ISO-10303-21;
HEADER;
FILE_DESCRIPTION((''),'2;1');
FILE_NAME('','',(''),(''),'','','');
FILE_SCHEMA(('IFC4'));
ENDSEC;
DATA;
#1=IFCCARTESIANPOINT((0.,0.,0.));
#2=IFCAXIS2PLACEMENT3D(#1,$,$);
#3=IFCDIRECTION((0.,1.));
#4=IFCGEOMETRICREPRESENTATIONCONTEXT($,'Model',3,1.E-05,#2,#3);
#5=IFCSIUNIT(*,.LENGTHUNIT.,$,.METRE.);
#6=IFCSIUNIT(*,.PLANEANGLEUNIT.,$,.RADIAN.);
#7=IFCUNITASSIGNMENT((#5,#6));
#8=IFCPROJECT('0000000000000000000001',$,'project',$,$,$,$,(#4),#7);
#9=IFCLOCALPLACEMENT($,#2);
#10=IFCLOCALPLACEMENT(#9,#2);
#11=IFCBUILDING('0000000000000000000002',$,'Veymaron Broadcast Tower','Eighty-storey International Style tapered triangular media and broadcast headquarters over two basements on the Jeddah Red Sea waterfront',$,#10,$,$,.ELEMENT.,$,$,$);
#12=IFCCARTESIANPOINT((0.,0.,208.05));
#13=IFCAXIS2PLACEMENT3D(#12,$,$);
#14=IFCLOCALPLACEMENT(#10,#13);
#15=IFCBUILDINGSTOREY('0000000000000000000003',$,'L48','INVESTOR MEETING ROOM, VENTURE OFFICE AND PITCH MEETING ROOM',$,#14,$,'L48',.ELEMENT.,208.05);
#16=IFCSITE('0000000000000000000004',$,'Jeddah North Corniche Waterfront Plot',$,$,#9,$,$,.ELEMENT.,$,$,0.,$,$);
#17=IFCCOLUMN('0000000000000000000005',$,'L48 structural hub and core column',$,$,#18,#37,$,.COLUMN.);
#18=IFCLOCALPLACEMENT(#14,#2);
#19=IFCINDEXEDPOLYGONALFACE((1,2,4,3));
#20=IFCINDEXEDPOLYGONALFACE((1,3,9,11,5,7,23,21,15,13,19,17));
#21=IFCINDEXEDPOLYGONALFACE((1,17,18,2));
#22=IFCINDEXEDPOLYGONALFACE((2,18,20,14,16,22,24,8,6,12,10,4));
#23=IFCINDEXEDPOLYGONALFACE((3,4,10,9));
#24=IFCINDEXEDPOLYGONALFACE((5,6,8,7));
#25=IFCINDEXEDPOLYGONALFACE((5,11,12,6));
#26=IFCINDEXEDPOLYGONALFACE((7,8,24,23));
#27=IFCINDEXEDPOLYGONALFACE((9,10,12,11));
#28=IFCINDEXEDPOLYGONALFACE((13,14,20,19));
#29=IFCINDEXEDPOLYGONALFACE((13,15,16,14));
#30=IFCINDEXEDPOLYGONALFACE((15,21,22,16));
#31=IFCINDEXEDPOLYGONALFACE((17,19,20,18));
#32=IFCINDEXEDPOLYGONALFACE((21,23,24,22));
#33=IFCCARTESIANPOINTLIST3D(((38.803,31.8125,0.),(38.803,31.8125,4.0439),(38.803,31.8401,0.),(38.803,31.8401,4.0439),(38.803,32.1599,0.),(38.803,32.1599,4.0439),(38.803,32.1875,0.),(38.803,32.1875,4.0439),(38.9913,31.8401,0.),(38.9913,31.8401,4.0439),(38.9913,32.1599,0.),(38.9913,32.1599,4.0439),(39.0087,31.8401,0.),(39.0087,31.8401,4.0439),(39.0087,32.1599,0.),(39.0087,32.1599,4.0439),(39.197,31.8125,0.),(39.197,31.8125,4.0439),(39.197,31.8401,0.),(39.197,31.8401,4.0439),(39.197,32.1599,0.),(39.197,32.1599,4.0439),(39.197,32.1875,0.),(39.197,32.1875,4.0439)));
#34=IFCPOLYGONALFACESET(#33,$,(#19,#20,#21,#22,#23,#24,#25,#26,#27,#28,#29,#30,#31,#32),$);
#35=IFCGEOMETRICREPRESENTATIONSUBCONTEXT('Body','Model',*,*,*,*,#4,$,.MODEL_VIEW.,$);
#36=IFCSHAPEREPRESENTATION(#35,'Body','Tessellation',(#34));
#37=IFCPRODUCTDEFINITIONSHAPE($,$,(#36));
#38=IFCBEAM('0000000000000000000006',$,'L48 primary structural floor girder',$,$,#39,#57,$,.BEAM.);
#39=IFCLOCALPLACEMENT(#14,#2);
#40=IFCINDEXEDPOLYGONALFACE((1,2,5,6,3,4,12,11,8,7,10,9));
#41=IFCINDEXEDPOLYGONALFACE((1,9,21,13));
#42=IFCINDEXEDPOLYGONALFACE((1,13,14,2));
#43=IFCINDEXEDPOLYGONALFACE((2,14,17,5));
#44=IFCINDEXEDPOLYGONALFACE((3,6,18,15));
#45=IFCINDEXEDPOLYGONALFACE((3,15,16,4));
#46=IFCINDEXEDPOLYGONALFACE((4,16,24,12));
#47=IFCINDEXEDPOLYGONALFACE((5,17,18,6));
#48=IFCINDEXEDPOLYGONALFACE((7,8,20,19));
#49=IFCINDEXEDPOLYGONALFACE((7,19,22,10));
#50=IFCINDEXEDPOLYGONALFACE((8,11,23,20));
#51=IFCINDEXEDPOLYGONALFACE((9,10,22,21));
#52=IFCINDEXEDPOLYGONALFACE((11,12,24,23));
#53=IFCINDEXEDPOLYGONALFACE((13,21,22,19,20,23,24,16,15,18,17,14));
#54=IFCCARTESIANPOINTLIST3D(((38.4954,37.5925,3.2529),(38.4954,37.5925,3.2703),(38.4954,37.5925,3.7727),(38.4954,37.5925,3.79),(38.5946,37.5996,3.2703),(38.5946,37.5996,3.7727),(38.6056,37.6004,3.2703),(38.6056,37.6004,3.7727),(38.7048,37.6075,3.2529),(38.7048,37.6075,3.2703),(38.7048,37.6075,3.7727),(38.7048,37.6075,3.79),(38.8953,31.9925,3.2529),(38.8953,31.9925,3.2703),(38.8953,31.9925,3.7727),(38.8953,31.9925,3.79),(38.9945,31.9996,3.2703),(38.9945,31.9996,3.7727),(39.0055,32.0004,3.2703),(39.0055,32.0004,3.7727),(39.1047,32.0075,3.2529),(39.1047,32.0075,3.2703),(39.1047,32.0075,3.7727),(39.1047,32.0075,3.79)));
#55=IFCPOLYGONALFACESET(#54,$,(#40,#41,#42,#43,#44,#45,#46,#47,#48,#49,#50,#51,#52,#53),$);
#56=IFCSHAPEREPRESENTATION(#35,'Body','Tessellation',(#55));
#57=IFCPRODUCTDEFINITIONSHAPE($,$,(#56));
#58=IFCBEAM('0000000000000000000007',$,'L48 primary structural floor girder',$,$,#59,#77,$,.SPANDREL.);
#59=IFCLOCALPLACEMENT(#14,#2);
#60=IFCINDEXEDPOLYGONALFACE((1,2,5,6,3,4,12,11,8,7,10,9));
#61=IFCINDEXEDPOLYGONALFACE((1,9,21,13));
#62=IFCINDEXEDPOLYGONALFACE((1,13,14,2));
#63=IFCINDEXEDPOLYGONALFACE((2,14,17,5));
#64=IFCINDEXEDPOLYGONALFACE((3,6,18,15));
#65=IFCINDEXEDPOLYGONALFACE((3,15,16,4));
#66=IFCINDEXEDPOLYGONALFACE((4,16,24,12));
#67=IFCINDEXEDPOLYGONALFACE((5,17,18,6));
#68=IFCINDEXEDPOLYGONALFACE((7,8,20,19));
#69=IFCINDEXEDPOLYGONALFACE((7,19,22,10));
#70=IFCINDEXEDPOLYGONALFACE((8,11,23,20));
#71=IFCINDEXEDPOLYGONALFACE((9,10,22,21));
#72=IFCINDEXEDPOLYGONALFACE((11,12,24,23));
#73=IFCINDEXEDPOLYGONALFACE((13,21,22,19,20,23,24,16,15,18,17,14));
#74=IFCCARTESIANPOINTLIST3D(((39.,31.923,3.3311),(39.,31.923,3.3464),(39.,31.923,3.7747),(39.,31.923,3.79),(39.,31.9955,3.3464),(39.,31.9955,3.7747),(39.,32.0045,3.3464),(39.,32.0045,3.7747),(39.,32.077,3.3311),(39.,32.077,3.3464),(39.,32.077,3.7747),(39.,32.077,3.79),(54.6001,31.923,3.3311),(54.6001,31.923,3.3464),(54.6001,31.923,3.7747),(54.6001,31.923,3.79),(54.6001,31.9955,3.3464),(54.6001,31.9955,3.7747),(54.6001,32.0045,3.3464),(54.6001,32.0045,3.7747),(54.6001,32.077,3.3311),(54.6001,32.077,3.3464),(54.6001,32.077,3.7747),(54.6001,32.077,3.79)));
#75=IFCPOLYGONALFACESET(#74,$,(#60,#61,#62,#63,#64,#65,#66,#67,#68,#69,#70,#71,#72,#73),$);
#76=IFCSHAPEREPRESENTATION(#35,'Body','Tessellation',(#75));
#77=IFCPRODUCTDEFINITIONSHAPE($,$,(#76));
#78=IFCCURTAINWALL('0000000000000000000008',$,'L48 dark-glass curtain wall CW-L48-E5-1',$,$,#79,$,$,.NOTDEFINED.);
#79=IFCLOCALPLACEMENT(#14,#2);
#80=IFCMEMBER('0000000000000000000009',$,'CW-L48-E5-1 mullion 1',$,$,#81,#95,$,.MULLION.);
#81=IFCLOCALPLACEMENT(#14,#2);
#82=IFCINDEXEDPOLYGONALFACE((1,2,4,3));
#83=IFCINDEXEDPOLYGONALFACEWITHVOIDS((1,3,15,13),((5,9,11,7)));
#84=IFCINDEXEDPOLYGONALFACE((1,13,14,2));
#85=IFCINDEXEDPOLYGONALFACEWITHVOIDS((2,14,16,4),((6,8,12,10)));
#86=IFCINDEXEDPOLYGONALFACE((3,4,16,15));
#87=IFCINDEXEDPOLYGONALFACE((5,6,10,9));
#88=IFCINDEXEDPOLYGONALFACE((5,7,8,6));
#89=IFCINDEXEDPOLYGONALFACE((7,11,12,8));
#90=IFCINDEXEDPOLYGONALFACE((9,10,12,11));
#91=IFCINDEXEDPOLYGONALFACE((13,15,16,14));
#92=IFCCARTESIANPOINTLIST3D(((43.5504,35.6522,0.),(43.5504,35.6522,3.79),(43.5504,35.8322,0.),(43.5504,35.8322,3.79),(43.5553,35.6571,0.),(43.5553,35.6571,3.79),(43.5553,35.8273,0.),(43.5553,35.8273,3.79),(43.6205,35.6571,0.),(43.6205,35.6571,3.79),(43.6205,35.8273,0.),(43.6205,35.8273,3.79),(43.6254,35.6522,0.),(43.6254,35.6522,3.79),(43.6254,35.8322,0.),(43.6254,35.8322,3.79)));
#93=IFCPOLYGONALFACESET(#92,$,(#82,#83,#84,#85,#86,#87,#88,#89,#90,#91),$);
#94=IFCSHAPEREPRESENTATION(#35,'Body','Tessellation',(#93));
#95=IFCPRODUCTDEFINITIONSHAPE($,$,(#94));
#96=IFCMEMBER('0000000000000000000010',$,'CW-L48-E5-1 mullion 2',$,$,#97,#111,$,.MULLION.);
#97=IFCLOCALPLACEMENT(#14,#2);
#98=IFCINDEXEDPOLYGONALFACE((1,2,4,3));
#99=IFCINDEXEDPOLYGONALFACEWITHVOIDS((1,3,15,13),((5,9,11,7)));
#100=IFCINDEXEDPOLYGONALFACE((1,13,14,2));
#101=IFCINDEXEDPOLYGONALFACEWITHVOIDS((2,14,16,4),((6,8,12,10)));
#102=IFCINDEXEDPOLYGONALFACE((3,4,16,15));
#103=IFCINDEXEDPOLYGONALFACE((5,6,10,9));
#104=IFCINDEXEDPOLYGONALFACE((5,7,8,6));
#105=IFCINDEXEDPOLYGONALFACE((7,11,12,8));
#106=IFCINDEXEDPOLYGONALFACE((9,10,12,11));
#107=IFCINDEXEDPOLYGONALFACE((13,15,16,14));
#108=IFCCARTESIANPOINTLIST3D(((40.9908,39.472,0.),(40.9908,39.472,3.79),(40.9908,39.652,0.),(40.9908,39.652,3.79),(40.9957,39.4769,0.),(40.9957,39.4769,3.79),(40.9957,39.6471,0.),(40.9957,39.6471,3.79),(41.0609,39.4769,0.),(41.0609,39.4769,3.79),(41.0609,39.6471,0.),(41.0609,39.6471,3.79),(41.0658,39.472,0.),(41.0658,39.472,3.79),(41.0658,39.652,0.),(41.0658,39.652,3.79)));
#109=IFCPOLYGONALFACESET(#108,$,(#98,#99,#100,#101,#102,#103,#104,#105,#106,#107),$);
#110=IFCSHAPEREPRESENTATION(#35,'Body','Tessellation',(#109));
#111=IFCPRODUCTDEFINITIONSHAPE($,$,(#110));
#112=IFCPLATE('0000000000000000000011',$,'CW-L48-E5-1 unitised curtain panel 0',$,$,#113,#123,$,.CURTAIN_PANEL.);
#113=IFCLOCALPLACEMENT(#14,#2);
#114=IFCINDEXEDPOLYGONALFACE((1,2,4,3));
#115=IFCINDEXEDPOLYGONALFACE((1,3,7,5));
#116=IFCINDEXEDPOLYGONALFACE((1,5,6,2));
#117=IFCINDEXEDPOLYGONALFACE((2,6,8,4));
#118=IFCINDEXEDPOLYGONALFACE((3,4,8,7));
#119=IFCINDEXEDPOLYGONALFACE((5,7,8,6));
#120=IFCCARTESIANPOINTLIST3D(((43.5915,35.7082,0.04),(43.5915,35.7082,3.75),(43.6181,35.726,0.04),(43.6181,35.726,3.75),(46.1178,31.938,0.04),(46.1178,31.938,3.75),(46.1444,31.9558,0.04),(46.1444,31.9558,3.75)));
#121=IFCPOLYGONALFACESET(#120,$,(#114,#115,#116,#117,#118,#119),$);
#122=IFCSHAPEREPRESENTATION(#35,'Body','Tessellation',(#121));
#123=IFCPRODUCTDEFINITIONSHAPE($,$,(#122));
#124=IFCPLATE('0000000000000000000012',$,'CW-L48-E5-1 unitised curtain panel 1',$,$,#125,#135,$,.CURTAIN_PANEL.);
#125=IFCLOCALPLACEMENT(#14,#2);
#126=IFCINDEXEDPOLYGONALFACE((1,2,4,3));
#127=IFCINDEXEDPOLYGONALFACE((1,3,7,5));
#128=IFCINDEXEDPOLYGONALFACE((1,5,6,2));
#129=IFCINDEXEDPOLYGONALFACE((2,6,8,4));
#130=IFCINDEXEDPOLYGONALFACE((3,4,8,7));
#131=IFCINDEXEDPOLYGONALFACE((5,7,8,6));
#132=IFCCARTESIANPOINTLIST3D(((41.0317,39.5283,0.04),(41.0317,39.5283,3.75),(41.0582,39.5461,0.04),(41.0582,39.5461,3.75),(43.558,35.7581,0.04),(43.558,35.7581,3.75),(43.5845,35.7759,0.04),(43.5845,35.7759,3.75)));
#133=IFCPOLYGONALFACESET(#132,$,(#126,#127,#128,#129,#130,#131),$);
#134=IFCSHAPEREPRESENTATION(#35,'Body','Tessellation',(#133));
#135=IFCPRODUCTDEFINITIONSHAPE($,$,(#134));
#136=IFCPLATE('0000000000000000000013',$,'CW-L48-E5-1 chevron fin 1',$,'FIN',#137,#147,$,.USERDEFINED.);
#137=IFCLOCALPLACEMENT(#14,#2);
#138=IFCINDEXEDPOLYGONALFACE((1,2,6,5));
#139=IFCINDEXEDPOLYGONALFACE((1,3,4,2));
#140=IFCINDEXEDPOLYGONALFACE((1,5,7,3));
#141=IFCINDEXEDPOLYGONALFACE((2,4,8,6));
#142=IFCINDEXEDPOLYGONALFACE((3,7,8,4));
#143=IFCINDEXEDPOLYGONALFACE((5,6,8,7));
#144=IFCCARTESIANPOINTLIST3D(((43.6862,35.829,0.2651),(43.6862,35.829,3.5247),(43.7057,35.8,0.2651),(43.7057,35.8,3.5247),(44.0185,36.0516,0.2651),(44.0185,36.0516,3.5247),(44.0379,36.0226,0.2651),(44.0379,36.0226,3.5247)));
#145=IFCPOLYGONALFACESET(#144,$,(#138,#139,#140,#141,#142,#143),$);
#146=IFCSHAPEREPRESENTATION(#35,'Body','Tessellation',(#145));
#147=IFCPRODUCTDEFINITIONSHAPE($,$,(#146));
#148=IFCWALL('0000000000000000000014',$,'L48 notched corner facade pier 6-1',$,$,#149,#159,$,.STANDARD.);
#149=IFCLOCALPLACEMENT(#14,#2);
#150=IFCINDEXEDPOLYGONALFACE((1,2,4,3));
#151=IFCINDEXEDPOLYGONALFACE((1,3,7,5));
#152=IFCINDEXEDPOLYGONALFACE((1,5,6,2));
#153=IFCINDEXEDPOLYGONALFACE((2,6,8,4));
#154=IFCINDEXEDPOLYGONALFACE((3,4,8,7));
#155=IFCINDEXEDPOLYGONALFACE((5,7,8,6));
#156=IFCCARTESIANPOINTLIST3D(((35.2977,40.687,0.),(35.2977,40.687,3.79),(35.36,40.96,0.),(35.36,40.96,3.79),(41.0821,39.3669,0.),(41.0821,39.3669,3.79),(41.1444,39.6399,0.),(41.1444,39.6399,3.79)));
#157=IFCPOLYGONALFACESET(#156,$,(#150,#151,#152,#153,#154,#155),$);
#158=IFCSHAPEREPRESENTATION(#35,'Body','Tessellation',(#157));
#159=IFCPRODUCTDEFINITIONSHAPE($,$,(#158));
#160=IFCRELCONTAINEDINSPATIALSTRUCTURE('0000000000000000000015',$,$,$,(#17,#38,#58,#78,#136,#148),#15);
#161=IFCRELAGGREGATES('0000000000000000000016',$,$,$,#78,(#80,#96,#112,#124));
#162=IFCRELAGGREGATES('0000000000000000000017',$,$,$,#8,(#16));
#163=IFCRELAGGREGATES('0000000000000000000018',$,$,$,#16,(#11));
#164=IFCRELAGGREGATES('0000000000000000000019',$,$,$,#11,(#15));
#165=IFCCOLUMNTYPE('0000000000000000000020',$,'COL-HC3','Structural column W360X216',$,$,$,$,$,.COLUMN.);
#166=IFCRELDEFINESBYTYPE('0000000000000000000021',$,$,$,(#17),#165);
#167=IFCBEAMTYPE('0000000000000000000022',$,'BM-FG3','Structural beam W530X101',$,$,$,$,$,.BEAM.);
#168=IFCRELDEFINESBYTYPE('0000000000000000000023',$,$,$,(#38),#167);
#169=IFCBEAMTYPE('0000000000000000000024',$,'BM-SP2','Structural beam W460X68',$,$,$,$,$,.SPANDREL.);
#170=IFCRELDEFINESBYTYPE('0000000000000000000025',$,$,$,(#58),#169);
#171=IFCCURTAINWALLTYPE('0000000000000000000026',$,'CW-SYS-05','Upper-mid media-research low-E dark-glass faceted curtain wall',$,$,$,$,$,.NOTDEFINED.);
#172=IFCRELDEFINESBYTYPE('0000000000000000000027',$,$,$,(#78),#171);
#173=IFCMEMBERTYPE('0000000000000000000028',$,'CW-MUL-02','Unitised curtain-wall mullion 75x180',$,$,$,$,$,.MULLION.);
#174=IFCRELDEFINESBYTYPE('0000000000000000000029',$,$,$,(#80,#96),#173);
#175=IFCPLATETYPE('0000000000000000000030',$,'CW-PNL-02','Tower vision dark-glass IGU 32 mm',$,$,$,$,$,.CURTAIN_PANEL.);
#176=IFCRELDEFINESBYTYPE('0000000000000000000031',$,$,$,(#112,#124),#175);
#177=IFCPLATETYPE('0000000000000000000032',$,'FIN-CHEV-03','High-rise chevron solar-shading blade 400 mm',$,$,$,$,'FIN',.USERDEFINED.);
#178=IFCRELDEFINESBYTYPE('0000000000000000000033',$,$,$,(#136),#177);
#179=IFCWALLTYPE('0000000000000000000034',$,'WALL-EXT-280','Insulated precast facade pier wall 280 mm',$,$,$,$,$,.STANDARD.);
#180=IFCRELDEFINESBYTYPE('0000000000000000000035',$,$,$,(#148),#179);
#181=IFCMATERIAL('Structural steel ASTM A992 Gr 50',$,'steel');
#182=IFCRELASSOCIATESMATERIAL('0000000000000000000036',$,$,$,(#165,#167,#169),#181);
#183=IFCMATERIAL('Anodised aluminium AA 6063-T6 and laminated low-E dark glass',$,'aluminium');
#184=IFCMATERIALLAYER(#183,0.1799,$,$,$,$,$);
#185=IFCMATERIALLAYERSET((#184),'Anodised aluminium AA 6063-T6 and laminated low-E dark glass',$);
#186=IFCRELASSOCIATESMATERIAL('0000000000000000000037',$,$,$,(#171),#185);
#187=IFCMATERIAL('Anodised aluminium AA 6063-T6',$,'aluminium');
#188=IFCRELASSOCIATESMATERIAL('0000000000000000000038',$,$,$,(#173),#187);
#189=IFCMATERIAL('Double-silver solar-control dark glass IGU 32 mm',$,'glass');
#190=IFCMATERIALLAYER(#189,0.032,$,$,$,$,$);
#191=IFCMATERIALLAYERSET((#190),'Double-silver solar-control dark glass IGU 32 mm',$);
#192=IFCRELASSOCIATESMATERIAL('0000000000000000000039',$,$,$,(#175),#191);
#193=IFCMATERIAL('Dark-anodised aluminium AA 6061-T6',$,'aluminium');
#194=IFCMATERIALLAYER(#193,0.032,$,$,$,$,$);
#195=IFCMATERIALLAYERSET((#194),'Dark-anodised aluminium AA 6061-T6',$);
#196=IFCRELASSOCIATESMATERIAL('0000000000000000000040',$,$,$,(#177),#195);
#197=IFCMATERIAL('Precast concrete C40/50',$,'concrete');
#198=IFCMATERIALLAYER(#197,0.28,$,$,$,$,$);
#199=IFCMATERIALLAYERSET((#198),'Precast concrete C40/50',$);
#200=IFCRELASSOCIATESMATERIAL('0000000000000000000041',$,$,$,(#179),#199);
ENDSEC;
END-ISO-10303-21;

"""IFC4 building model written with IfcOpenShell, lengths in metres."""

from ifc_helpers import new_model, si_unit, direction, frame, frame_2d, origin, origin_2d, place, context, subcontext, project, spatial, rectangle, hollow_rectangle, i_section, extrude, material, layer, layer_set, material_profile, profile_set, type_object, element, aggregate, save


model = new_model("IFC4")

# Units and contexts
model_context = context("Model", 3, precision=1e-05, world=origin(), true_north=direction((0.0, 1.0)))
body_context = subcontext(model_context, "Body", "Model", "MODEL_VIEW")
ifc_project = project(units=[si_unit("LENGTHUNIT", "METRE"), si_unit("PLANEANGLEUNIT", "RADIAN")], contexts=[model_context])

# Site, building, storey
site_placement = place(None, origin())
site = spatial("IfcSite", under=ifc_project, at=site_placement, Name="Jeddah North Corniche Waterfront Plot", CompositionType="ELEMENT", RefElevation=0.0)
building_placement = place(site_placement, origin())
building = spatial("IfcBuilding", under=site, at=building_placement, Name="Veymaron Broadcast Tower", Description="Eighty-storey International Style tapered triangular media and broadcast headquarters over two basements on the Jeddah Red Sea waterfront", CompositionType="ELEMENT")
storey_placement = place(building_placement, frame((0.0, 0.0, 208.05)))
storey = spatial("IfcBuildingStorey", under=building, at=storey_placement, Name="L48", Description="INVESTOR MEETING ROOM, VENTURE OFFICE AND PITCH MEETING ROOM", LongName="L48", CompositionType="ELEMENT", Elevation=208.05)

# Column
ifc_material_1 = material(Name="Structural steel ASTM A992 Gr 50", Category="steel")
ifc_material_profile_1 = material_profile(ifc_material_1, i_section(OverallWidth=0.394, OverallDepth=0.375, WebThickness=0.0173, FlangeThickness=0.0276, at=origin_2d()), Name="W360X216")
ifc_profile_set_1 = profile_set([ifc_material_profile_1], Name="Structural steel ASTM A992 Gr 50")
column_type = type_object("IfcColumnType", Name="COL-HC3", Description="Structural column W360X216", PredefinedType="COLUMN", material=ifc_profile_set_1)
column_placement = place(storey_placement, frame((39.0, 32.0, 0.0), z_axis=(0.0, 0.0, 1.0), x_axis=(1.0, 0.0, 0.0)))
element("IfcColumn", 1, at=column_placement, inside=storey, type_object=column_type, Name="L48 structural hub and core column", PredefinedType="COLUMN", context=body_context, shape_type="SweptSolid", body=[
    extrude(i_section(OverallWidth=0.394, OverallDepth=0.375, WebThickness=0.0173, FlangeThickness=0.0276, at=origin_2d()), origin(), (0.0, 0.0, 1.0), 4.0439),
])

# Beams
ifc_material_profile_2 = material_profile(ifc_material_1, i_section(OverallWidth=0.21, OverallDepth=0.5371, WebThickness=0.011, FlangeThickness=0.0173, at=origin_2d()), Name="W530X101")
ifc_profile_set_2 = profile_set([ifc_material_profile_2], Name="Structural steel ASTM A992 Gr 50")
beam_type_1 = type_object("IfcBeamType", Name="BM-FG3", Description="Structural beam W530X101", PredefinedType="BEAM", material=ifc_profile_set_2)
beam_1_placement = place(storey_placement, frame((39.0, 32.0, 3.5215), z_axis=(-0.071229, 0.99746, 0.0), x_axis=(-0.99746, -0.071229, 0.0)))
element("IfcBeam", 2, at=beam_1_placement, inside=storey, type_object=beam_type_1, Name="L48 primary structural floor girder", PredefinedType="BEAM", context=body_context, shape_type="SweptSolid", body=[
    extrude(i_section(OverallWidth=0.21, OverallDepth=0.5371, WebThickness=0.011, FlangeThickness=0.0173, at=origin_2d()), origin(), (0.0, 0.0, 1.0), 5.6143),
])
ifc_material_profile_3 = material_profile(ifc_material_1, i_section(OverallWidth=0.1541, OverallDepth=0.459, WebThickness=0.009, FlangeThickness=0.0154, at=origin_2d()), Name="W460X68")
ifc_profile_set_3 = profile_set([ifc_material_profile_3], Name="Structural steel ASTM A992 Gr 50")
beam_type_2 = type_object("IfcBeamType", Name="BM-SP2", Description="Structural beam W460X68", PredefinedType="SPANDREL", material=ifc_profile_set_3)
beam_2_placement = place(storey_placement, frame((39.0, 32.0, 3.5605), z_axis=(1.0, 0.0, 0.0), x_axis=(0.0, 1.0, 0.0)))
element("IfcBeam", 3, at=beam_2_placement, inside=storey, type_object=beam_type_2, Name="L48 primary structural floor girder", PredefinedType="SPANDREL", context=body_context, shape_type="SweptSolid", body=[
    extrude(i_section(OverallWidth=0.1541, OverallDepth=0.459, WebThickness=0.009, FlangeThickness=0.0154, at=origin_2d()), origin(), (0.0, 0.0, 1.0), 15.6001),
])

# Curtain wall, members, plates
ifc_material_2 = material(Name="Anodised aluminium AA 6063-T6 and laminated low-E dark glass", Category="aluminium")
ifc_layer_1 = layer(ifc_material_2, 0.1799)
ifc_layer_set_1 = layer_set([ifc_layer_1], Name="Anodised aluminium AA 6063-T6 and laminated low-E dark glass")
curtain_wall_type = type_object("IfcCurtainWallType", Name="CW-SYS-05", Description="Upper-mid media-research low-E dark-glass faceted curtain wall", PredefinedType="NOTDEFINED", material=ifc_layer_set_1)
curtain_wall_placement = place(storey_placement, origin())
curtain_wall = element("IfcCurtainWall", 4, at=curtain_wall_placement, inside=storey, type_object=curtain_wall_type, Name="L48 dark-glass curtain wall CW-L48-E5-1", PredefinedType="NOTDEFINED")
ifc_material_3 = material(Name="Anodised aluminium AA 6063-T6", Category="aluminium")
ifc_material_profile_4 = material_profile(ifc_material_3, hollow_rectangle(XDim=0.075, YDim=0.1799, WallThickness=0.0049, at=origin_2d()), Name="AL180X75X5")
ifc_profile_set_4 = profile_set([ifc_material_profile_4], Name="Anodised aluminium AA 6063-T6")
member_type = type_object("IfcMemberType", Name="CW-MUL-02", Description="Unitised curtain-wall mullion 75x180", PredefinedType="MULLION", material=ifc_profile_set_4)
member_1_placement = place(storey_placement, frame((43.5879, 35.7422, 0.0), z_axis=(0.0, 0.0, 1.0), x_axis=(1.0, 0.0, 0.0)))
member_1 = element("IfcMember", 5, at=member_1_placement, type_object=member_type, Name="CW-L48-E5-1 mullion 1", PredefinedType="MULLION", context=body_context, shape_type="SweptSolid", body=[
    extrude(hollow_rectangle(XDim=0.075, YDim=0.1799, WallThickness=0.0049, at=origin_2d()), origin(), (0.0, 0.0, 1.0), 3.79),
])
member_2_placement = place(storey_placement, frame((41.0283, 39.562, 0.0), z_axis=(0.0, 0.0, 1.0), x_axis=(1.0, 0.0, 0.0)))
member_2 = element("IfcMember", 6, at=member_2_placement, type_object=member_type, Name="CW-L48-E5-1 mullion 2", PredefinedType="MULLION", context=body_context, shape_type="SweptSolid", body=[
    extrude(hollow_rectangle(XDim=0.075, YDim=0.1799, WallThickness=0.0049, at=origin_2d()), origin(), (0.0, 0.0, 1.0), 3.79),
])
ifc_material_4 = material(Name="Double-silver solar-control dark glass IGU 32 mm", Category="glass")
ifc_layer_2 = layer(ifc_material_4, 0.032)
ifc_layer_set_2 = layer_set([ifc_layer_2], Name="Double-silver solar-control dark glass IGU 32 mm")
plate_type_1 = type_object("IfcPlateType", Name="CW-PNL-02", Description="Tower vision dark-glass IGU 32 mm", PredefinedType="CURTAIN_PANEL", material=ifc_layer_set_2)
plate_1_placement = place(storey_placement, frame((44.8679, 33.832, 0.04), z_axis=(0.0, 0.0, 1.0), x_axis=(-0.556658, 0.830742, 0.0)))
plate_1 = element("IfcPlate", 7, at=plate_1_placement, type_object=plate_type_1, Name="CW-L48-E5-1 unitised curtain panel 0", PredefinedType="CURTAIN_PANEL", context=body_context, shape_type="SweptSolid", body=[
    extrude(rectangle(XDim=4.5383, YDim=0.032, at=origin_2d()), origin(), (0.0, 0.0, 1.0), 3.71),
])
plate_2_placement = place(storey_placement, frame((42.3081, 37.6521, 0.04), z_axis=(0.0, 0.0, 1.0), x_axis=(-0.556658, 0.830742, 0.0)))
plate_2 = element("IfcPlate", 8, at=plate_2_placement, type_object=plate_type_1, Name="CW-L48-E5-1 unitised curtain panel 1", PredefinedType="CURTAIN_PANEL", context=body_context, shape_type="SweptSolid", body=[
    extrude(rectangle(XDim=4.5383, YDim=0.032, at=origin_2d()), origin(), (0.0, 0.0, 1.0), 3.71),
])
aggregate(curtain_wall, [member_1, member_2, plate_1, plate_2])

# Plate
ifc_material_5 = material(Name="Dark-anodised aluminium AA 6061-T6", Category="aluminium")
ifc_layer_3 = layer(ifc_material_5, 0.032)
ifc_layer_set_3 = layer_set([ifc_layer_3], Name="Dark-anodised aluminium AA 6061-T6")
plate_type_2 = type_object("IfcPlateType", Name="FIN-CHEV-03", Description="High-rise chevron solar-shading blade 400 mm", ElementType="FIN", PredefinedType="USERDEFINED", material=ifc_layer_set_3)
plate_3_placement = place(storey_placement, frame((43.8621, 35.9258, 0.2651), z_axis=(0.0, 0.0, 1.0), x_axis=(0.830742, 0.556658, 0.0)))
element("IfcPlate", 9, at=plate_3_placement, inside=storey, type_object=plate_type_2, Name="CW-L48-E5-1 chevron fin 1", ObjectType="FIN", PredefinedType="USERDEFINED", context=body_context, shape_type="SweptSolid", body=[
    extrude(rectangle(XDim=0.3999, YDim=0.0349, at=origin_2d()), origin(), (0.0, 0.0, 1.0), 3.2595),
])

# Wall
ifc_material_6 = material(Name="Precast concrete C40/50", Category="concrete")
ifc_layer_4 = layer(ifc_material_6, 0.28)
ifc_layer_set_4 = layer_set([ifc_layer_4], Name="Precast concrete C40/50")
wall_type_1 = type_object("IfcWallType", Name="WALL-EXT-280", Description="Insulated precast facade pier wall 280 mm", PredefinedType="STANDARD", material=ifc_layer_set_4)
wall_1_placement = place(storey_placement, frame((41.1133, 39.5034, 0.0), z_axis=(0.0, 0.0, 1.0), x_axis=(-0.974935, 0.222491, 0.0)))
element("IfcWall", 10, at=wall_1_placement, inside=storey, type_object=wall_type_1, Name="L48 notched corner facade pier 6-1", PredefinedType="STANDARD", context=body_context, shape_type="SweptSolid", body=[
    extrude(rectangle(XDim=5.9331, YDim=0.28, at=frame_2d((2.9666, 0.0))), origin(), (0.0, 0.0, 1.0), 3.79),
])

save(model, "model.ifc")
